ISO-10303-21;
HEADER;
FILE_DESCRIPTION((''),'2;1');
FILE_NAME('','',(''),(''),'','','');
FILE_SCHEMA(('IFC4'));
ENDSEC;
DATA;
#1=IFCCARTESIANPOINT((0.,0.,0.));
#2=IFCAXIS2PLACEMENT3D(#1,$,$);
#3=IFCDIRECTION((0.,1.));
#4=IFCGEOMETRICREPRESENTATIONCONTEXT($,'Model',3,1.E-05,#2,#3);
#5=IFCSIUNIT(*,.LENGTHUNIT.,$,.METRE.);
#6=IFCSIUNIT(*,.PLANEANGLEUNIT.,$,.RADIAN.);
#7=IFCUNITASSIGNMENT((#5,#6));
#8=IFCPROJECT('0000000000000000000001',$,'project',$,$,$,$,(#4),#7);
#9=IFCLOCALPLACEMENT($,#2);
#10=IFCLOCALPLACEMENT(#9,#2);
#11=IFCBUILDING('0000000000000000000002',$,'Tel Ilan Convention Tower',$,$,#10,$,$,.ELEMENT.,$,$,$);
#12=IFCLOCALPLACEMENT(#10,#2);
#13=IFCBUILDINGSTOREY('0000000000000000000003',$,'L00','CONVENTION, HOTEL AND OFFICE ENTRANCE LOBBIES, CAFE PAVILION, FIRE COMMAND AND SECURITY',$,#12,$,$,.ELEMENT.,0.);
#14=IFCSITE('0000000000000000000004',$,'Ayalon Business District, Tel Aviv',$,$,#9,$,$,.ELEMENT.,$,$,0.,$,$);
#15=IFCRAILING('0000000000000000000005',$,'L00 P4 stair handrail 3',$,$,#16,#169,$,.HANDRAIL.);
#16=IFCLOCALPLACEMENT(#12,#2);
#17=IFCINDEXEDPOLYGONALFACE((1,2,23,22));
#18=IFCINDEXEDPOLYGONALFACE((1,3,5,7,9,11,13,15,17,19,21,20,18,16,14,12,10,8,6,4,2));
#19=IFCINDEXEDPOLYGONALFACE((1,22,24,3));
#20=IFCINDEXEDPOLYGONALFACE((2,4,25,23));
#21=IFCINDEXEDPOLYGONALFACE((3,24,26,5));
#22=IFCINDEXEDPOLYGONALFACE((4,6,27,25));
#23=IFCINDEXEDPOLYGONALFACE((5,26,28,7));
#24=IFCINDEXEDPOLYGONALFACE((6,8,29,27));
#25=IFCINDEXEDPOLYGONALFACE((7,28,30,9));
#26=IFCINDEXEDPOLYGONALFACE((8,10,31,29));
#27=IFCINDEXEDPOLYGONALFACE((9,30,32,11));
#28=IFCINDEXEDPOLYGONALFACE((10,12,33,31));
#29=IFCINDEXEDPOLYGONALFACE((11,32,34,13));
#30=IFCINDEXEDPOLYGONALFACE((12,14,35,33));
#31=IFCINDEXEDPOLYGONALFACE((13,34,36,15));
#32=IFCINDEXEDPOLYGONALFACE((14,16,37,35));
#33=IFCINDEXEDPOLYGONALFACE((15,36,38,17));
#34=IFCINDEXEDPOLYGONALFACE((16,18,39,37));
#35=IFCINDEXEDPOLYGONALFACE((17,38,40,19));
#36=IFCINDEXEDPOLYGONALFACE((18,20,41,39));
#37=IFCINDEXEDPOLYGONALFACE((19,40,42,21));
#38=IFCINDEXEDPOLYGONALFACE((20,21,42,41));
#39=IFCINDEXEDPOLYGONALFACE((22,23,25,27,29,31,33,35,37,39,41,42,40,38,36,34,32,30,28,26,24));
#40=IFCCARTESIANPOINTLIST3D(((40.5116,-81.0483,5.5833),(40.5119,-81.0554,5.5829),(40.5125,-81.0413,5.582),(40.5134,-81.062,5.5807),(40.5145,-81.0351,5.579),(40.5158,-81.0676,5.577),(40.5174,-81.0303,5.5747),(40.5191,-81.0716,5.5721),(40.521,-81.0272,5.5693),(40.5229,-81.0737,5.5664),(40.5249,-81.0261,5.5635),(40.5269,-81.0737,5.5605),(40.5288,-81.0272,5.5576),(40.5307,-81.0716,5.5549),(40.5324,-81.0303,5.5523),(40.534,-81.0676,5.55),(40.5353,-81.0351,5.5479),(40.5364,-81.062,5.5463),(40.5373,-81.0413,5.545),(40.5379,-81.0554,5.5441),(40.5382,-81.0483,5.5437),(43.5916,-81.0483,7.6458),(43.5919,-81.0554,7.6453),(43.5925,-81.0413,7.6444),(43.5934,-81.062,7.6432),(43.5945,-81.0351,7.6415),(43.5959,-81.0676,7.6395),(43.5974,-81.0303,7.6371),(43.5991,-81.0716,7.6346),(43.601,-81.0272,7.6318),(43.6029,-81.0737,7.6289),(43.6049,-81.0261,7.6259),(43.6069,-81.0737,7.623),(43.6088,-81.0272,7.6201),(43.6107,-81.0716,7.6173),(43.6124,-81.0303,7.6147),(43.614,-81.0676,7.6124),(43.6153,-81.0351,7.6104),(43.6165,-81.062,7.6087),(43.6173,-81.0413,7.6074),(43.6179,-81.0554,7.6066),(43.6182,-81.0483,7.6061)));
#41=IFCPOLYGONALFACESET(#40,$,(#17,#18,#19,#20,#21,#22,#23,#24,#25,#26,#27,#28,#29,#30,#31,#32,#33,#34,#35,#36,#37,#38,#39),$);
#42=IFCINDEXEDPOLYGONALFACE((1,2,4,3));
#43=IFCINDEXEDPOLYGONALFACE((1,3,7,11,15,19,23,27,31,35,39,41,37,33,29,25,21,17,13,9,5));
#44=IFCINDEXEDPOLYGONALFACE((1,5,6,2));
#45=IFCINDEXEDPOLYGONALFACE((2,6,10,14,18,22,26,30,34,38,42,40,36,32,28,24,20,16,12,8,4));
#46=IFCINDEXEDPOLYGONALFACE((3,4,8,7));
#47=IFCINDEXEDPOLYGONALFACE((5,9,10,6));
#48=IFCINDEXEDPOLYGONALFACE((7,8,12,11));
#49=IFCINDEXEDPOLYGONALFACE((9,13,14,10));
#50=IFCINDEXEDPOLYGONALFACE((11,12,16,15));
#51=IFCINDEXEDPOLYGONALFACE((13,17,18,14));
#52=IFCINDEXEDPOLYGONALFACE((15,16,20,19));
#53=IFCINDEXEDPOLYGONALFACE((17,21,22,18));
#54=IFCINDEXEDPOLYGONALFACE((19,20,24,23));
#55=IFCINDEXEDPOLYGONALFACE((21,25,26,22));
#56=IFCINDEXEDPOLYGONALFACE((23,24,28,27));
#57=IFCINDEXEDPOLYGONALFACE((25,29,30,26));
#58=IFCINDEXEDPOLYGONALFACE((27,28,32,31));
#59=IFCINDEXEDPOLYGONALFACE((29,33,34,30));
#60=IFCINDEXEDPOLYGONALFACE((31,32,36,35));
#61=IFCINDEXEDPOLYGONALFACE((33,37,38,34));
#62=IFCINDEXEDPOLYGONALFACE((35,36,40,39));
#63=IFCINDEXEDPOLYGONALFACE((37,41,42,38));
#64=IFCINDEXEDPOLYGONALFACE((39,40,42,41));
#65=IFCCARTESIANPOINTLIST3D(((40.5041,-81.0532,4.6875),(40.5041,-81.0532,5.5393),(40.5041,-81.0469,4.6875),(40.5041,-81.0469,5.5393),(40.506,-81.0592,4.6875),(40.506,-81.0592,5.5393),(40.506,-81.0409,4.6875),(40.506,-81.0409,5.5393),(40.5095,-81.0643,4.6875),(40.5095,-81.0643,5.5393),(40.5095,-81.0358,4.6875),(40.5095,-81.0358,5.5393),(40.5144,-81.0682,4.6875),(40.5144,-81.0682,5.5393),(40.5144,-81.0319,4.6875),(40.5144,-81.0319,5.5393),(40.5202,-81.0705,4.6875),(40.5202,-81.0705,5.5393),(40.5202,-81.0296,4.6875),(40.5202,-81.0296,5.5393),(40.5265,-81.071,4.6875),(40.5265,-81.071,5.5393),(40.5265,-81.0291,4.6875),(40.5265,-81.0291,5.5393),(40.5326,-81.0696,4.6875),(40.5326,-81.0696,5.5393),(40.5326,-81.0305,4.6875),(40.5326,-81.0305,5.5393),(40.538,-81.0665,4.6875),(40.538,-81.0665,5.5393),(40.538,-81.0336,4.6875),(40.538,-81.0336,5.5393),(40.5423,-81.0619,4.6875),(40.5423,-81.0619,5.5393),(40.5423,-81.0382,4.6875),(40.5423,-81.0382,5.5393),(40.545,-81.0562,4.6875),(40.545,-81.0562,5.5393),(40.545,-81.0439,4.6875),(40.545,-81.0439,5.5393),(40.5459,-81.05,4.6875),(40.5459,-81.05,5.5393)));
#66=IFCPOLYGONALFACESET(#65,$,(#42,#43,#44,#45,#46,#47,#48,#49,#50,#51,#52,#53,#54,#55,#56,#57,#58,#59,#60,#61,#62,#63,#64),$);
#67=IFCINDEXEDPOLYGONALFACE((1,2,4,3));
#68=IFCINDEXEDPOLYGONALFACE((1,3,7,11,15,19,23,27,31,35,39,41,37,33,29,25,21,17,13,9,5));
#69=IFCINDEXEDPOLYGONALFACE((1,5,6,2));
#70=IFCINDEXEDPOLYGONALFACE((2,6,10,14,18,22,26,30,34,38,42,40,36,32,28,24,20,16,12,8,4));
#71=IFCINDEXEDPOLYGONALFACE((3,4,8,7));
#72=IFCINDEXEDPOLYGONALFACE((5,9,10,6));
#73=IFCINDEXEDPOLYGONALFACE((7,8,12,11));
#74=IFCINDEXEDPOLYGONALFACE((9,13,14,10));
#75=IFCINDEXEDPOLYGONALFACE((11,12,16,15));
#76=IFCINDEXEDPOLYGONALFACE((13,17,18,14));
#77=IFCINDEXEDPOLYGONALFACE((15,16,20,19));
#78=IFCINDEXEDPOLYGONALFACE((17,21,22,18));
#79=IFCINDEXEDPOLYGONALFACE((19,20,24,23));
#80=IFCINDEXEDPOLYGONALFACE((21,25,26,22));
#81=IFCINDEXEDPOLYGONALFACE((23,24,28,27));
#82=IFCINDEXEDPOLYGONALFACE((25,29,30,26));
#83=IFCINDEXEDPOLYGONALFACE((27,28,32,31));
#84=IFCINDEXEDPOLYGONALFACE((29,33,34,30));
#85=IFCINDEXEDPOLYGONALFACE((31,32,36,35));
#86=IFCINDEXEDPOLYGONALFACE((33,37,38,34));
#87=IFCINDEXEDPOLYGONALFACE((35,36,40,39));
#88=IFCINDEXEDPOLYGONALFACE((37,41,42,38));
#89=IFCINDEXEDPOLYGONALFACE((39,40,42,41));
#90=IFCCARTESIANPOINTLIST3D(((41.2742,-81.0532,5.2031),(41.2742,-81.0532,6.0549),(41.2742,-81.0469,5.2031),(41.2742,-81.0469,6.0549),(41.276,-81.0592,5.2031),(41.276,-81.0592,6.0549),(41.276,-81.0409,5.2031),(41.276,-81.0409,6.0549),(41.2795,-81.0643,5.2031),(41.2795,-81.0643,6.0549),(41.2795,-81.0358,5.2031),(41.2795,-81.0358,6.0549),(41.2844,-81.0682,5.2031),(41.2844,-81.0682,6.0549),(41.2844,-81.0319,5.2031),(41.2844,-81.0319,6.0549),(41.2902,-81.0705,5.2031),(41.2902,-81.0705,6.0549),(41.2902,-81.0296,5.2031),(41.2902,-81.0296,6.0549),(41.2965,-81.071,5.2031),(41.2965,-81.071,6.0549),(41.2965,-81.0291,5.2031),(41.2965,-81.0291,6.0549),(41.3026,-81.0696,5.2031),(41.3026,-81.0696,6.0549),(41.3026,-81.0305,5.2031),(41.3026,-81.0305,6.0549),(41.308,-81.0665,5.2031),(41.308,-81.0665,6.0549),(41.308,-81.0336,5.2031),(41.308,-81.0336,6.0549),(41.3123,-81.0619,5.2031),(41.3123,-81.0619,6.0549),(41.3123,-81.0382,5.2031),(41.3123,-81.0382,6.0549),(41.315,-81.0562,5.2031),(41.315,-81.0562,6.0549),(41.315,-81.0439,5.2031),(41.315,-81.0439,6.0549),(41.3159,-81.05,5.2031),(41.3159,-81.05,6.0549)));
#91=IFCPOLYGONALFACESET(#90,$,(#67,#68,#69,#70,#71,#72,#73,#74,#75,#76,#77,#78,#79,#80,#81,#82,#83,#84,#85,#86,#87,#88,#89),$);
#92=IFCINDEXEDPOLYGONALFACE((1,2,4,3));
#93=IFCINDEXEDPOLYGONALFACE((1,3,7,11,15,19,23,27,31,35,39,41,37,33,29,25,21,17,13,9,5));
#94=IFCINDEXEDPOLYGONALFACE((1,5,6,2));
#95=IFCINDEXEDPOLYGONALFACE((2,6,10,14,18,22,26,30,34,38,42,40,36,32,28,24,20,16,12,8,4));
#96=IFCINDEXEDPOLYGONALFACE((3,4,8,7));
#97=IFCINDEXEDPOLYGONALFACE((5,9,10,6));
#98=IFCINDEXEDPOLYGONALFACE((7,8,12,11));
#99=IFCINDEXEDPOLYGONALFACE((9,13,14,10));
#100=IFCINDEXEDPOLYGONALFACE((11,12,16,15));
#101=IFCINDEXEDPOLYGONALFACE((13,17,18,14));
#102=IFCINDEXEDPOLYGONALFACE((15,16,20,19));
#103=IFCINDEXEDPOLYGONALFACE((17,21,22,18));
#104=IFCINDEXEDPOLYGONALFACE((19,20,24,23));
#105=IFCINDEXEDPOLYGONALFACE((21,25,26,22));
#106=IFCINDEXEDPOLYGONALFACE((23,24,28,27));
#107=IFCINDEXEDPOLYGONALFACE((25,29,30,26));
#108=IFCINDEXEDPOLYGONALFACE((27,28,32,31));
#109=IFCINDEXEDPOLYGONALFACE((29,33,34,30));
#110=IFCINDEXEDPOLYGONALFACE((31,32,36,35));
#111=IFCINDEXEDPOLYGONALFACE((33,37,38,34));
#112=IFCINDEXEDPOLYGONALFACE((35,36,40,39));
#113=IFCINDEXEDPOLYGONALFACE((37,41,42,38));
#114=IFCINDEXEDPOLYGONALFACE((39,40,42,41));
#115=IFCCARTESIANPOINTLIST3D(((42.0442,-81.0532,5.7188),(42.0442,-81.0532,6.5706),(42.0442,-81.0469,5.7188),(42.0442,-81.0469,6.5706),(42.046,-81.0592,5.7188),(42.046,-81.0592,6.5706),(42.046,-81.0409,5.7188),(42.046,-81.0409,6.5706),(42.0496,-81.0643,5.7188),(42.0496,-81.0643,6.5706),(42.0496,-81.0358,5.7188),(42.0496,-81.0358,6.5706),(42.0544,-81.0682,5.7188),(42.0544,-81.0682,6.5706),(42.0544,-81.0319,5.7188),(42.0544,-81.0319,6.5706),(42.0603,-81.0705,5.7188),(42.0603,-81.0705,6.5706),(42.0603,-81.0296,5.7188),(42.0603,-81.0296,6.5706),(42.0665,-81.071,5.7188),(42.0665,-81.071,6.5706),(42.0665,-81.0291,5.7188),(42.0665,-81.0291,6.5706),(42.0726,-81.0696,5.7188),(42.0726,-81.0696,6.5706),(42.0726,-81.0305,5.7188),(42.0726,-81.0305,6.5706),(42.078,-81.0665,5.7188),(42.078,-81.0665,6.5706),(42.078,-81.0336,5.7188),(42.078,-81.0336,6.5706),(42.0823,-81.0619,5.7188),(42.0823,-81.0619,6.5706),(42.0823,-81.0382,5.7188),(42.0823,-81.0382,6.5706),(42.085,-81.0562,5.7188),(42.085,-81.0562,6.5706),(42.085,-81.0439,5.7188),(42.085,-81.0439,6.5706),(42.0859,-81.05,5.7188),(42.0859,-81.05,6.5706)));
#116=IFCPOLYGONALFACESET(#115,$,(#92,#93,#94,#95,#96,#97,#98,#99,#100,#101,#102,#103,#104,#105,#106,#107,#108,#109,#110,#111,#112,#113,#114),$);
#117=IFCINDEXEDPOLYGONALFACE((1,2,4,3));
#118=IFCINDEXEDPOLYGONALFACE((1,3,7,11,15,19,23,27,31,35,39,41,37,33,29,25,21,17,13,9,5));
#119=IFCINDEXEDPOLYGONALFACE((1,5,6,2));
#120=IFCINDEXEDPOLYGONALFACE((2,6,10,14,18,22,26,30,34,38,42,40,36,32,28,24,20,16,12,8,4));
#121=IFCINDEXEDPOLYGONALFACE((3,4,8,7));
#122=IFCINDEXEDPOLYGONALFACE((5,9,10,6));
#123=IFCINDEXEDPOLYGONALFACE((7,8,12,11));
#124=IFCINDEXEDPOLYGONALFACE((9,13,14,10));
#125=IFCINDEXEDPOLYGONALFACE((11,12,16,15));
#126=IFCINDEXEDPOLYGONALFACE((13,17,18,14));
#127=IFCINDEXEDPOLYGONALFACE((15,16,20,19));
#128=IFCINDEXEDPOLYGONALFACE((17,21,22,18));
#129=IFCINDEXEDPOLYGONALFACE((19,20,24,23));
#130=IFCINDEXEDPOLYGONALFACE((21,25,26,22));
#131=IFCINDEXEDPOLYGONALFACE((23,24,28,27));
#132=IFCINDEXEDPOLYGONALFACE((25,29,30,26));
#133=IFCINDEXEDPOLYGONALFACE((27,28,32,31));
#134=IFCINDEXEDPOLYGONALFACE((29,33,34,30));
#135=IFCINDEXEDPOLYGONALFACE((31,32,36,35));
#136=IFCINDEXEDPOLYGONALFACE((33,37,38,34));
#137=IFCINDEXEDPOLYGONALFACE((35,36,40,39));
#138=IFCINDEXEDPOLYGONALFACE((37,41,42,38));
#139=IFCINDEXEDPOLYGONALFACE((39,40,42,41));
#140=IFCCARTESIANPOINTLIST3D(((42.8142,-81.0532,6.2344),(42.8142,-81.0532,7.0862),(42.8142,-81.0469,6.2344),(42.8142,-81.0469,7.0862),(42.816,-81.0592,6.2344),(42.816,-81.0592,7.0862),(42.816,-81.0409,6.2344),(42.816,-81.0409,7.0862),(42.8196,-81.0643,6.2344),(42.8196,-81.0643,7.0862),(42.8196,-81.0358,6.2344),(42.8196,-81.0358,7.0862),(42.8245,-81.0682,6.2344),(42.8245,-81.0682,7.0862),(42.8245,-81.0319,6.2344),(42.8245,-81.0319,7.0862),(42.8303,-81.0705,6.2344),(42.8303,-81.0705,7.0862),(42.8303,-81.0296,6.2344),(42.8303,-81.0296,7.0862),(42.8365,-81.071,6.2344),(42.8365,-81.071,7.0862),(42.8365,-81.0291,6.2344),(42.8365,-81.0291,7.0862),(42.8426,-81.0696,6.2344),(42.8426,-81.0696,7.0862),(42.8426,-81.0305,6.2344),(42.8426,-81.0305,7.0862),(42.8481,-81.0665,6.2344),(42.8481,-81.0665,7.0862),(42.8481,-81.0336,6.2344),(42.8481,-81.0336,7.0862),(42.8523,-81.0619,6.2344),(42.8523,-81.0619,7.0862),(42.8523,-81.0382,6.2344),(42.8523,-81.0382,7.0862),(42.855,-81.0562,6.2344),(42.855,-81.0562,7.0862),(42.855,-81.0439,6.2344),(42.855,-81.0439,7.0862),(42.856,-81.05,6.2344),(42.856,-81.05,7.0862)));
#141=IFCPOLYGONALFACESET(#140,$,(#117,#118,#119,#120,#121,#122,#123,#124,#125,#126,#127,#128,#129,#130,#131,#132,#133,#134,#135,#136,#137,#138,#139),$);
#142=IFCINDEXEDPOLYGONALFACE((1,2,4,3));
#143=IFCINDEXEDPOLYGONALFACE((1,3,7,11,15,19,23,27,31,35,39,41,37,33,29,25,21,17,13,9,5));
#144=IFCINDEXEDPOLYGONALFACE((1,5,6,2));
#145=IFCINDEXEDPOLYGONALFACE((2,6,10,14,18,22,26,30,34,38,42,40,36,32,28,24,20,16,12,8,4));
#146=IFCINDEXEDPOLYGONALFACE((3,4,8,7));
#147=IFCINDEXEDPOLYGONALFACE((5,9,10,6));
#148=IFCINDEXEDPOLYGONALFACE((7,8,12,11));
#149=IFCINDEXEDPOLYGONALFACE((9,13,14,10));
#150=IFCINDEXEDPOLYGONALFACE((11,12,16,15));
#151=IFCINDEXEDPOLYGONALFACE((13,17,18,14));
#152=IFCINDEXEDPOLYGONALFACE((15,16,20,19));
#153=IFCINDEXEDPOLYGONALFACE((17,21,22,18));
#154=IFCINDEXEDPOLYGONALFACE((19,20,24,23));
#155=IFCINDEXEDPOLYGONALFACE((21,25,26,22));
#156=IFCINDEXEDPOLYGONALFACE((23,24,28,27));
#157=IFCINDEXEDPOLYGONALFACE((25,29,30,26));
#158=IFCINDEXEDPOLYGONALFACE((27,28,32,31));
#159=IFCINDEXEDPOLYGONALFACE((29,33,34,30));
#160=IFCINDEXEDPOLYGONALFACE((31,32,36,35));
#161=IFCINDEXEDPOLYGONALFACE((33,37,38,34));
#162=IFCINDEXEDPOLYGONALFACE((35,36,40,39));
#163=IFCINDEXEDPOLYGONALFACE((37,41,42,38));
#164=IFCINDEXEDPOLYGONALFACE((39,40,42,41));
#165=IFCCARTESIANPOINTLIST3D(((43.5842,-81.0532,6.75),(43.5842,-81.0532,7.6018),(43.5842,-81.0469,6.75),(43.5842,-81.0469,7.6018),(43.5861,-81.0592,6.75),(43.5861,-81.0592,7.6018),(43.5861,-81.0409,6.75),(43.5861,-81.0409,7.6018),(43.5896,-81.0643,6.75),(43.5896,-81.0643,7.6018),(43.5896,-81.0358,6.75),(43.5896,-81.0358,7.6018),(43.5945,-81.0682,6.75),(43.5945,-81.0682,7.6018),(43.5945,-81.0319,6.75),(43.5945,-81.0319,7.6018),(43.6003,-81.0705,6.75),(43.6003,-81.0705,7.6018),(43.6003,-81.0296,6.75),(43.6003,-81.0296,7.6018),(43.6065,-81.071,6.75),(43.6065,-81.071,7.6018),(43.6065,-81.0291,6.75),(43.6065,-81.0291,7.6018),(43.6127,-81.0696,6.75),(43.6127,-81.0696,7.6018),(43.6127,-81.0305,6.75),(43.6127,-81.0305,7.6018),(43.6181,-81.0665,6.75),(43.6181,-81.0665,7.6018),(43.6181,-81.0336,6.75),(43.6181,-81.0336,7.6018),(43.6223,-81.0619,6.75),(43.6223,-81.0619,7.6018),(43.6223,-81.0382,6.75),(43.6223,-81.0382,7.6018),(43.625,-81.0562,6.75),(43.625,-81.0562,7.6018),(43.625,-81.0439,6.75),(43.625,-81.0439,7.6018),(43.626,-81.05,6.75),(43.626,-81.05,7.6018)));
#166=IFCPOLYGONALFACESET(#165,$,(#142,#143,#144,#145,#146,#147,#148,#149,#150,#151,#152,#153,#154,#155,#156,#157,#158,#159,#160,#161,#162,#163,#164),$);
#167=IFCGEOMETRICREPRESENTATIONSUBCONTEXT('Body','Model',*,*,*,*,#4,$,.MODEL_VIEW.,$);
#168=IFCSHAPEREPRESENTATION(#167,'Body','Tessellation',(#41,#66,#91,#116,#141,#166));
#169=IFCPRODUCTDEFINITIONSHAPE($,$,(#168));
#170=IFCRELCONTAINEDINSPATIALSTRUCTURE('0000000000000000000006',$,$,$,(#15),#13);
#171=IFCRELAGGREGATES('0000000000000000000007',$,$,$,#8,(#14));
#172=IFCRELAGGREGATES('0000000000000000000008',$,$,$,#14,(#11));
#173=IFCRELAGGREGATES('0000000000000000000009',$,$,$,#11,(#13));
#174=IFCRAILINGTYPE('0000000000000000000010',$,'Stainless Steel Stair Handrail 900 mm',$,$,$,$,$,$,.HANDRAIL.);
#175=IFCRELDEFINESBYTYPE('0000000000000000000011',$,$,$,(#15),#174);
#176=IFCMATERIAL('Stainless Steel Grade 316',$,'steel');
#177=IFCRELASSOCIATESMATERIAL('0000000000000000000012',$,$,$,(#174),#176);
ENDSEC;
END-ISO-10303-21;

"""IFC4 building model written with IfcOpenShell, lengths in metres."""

from ifc_helpers import new_model, si_unit, direction, frame, origin, origin_2d, place, context, subcontext, project, spatial, circle, extrude, material, type_object, element, save


model = new_model("IFC4")

# Units and contexts
model_context = context("Model", 3, precision=1e-05, world=origin(), true_north=direction((0.0, 1.0)))
body_context = subcontext(model_context, "Body", "Model", "MODEL_VIEW")
ifc_project = project(units=[si_unit("LENGTHUNIT", "METRE"), si_unit("PLANEANGLEUNIT", "RADIAN")], contexts=[model_context])

# Site, building, storey
site_placement = place(None, origin())
site = spatial("IfcSite", under=ifc_project, at=site_placement, Name="Ayalon Business District, Tel Aviv", CompositionType="ELEMENT", RefElevation=0.0)
building_placement = place(site_placement, origin())
building = spatial("IfcBuilding", under=site, at=building_placement, Name="Tel Ilan Convention Tower", CompositionType="ELEMENT")
storey_placement = place(building_placement, origin())
storey = spatial("IfcBuildingStorey", under=building, at=storey_placement, Name="L00", Description="CONVENTION, HOTEL AND OFFICE ENTRANCE LOBBIES, CAFE PAVILION, FIRE COMMAND AND SECURITY", CompositionType="ELEMENT", Elevation=0.0)

# Railing
ifc_material_1 = material(Name="Stainless Steel Grade 316", Category="steel")
railing_type_1 = type_object("IfcRailingType", Name="Stainless Steel Stair Handrail 900 mm", PredefinedType="HANDRAIL", material=ifc_material_1)
railing_1_placement = place(storey_placement, frame((40.5249, -81.05, 4.6875)))
element("IfcRailing", 1, at=railing_1_placement, inside=storey, type_object=railing_type_1, Name="L00 P4 stair handrail 3", PredefinedType="HANDRAIL", context=body_context, shape_type="SweptSolid", body=[
    extrude(circle(Radius=0.0239, at=origin_2d()), frame((0.0, 0.0, 0.876), z_axis=(0.830914, 0.0, 0.556401), x_axis=(0.0, 1.0, 0.0)), (0.0, 0.0, 1.0), 3.7068),
    extrude(circle(Radius=0.021, at=origin_2d()), origin(), (0.0, 0.0, 1.0), 0.8518),
    extrude(circle(Radius=0.021, at=origin_2d()), frame((0.77, 0.0, 0.5156)), (0.0, 0.0, 1.0), 0.8518),
    extrude(circle(Radius=0.021, at=origin_2d()), frame((1.54, 0.0, 1.0312)), (0.0, 0.0, 1.0), 0.8518),
    extrude(circle(Radius=0.021, at=origin_2d()), frame((2.3101, 0.0, 1.5469)), (0.0, 0.0, 1.0), 0.8518),
    extrude(circle(Radius=0.021, at=origin_2d()), frame((3.0801, 0.0, 2.0625)), (0.0, 0.0, 1.0), 0.8518),
])

save(model, "model.ifc")
